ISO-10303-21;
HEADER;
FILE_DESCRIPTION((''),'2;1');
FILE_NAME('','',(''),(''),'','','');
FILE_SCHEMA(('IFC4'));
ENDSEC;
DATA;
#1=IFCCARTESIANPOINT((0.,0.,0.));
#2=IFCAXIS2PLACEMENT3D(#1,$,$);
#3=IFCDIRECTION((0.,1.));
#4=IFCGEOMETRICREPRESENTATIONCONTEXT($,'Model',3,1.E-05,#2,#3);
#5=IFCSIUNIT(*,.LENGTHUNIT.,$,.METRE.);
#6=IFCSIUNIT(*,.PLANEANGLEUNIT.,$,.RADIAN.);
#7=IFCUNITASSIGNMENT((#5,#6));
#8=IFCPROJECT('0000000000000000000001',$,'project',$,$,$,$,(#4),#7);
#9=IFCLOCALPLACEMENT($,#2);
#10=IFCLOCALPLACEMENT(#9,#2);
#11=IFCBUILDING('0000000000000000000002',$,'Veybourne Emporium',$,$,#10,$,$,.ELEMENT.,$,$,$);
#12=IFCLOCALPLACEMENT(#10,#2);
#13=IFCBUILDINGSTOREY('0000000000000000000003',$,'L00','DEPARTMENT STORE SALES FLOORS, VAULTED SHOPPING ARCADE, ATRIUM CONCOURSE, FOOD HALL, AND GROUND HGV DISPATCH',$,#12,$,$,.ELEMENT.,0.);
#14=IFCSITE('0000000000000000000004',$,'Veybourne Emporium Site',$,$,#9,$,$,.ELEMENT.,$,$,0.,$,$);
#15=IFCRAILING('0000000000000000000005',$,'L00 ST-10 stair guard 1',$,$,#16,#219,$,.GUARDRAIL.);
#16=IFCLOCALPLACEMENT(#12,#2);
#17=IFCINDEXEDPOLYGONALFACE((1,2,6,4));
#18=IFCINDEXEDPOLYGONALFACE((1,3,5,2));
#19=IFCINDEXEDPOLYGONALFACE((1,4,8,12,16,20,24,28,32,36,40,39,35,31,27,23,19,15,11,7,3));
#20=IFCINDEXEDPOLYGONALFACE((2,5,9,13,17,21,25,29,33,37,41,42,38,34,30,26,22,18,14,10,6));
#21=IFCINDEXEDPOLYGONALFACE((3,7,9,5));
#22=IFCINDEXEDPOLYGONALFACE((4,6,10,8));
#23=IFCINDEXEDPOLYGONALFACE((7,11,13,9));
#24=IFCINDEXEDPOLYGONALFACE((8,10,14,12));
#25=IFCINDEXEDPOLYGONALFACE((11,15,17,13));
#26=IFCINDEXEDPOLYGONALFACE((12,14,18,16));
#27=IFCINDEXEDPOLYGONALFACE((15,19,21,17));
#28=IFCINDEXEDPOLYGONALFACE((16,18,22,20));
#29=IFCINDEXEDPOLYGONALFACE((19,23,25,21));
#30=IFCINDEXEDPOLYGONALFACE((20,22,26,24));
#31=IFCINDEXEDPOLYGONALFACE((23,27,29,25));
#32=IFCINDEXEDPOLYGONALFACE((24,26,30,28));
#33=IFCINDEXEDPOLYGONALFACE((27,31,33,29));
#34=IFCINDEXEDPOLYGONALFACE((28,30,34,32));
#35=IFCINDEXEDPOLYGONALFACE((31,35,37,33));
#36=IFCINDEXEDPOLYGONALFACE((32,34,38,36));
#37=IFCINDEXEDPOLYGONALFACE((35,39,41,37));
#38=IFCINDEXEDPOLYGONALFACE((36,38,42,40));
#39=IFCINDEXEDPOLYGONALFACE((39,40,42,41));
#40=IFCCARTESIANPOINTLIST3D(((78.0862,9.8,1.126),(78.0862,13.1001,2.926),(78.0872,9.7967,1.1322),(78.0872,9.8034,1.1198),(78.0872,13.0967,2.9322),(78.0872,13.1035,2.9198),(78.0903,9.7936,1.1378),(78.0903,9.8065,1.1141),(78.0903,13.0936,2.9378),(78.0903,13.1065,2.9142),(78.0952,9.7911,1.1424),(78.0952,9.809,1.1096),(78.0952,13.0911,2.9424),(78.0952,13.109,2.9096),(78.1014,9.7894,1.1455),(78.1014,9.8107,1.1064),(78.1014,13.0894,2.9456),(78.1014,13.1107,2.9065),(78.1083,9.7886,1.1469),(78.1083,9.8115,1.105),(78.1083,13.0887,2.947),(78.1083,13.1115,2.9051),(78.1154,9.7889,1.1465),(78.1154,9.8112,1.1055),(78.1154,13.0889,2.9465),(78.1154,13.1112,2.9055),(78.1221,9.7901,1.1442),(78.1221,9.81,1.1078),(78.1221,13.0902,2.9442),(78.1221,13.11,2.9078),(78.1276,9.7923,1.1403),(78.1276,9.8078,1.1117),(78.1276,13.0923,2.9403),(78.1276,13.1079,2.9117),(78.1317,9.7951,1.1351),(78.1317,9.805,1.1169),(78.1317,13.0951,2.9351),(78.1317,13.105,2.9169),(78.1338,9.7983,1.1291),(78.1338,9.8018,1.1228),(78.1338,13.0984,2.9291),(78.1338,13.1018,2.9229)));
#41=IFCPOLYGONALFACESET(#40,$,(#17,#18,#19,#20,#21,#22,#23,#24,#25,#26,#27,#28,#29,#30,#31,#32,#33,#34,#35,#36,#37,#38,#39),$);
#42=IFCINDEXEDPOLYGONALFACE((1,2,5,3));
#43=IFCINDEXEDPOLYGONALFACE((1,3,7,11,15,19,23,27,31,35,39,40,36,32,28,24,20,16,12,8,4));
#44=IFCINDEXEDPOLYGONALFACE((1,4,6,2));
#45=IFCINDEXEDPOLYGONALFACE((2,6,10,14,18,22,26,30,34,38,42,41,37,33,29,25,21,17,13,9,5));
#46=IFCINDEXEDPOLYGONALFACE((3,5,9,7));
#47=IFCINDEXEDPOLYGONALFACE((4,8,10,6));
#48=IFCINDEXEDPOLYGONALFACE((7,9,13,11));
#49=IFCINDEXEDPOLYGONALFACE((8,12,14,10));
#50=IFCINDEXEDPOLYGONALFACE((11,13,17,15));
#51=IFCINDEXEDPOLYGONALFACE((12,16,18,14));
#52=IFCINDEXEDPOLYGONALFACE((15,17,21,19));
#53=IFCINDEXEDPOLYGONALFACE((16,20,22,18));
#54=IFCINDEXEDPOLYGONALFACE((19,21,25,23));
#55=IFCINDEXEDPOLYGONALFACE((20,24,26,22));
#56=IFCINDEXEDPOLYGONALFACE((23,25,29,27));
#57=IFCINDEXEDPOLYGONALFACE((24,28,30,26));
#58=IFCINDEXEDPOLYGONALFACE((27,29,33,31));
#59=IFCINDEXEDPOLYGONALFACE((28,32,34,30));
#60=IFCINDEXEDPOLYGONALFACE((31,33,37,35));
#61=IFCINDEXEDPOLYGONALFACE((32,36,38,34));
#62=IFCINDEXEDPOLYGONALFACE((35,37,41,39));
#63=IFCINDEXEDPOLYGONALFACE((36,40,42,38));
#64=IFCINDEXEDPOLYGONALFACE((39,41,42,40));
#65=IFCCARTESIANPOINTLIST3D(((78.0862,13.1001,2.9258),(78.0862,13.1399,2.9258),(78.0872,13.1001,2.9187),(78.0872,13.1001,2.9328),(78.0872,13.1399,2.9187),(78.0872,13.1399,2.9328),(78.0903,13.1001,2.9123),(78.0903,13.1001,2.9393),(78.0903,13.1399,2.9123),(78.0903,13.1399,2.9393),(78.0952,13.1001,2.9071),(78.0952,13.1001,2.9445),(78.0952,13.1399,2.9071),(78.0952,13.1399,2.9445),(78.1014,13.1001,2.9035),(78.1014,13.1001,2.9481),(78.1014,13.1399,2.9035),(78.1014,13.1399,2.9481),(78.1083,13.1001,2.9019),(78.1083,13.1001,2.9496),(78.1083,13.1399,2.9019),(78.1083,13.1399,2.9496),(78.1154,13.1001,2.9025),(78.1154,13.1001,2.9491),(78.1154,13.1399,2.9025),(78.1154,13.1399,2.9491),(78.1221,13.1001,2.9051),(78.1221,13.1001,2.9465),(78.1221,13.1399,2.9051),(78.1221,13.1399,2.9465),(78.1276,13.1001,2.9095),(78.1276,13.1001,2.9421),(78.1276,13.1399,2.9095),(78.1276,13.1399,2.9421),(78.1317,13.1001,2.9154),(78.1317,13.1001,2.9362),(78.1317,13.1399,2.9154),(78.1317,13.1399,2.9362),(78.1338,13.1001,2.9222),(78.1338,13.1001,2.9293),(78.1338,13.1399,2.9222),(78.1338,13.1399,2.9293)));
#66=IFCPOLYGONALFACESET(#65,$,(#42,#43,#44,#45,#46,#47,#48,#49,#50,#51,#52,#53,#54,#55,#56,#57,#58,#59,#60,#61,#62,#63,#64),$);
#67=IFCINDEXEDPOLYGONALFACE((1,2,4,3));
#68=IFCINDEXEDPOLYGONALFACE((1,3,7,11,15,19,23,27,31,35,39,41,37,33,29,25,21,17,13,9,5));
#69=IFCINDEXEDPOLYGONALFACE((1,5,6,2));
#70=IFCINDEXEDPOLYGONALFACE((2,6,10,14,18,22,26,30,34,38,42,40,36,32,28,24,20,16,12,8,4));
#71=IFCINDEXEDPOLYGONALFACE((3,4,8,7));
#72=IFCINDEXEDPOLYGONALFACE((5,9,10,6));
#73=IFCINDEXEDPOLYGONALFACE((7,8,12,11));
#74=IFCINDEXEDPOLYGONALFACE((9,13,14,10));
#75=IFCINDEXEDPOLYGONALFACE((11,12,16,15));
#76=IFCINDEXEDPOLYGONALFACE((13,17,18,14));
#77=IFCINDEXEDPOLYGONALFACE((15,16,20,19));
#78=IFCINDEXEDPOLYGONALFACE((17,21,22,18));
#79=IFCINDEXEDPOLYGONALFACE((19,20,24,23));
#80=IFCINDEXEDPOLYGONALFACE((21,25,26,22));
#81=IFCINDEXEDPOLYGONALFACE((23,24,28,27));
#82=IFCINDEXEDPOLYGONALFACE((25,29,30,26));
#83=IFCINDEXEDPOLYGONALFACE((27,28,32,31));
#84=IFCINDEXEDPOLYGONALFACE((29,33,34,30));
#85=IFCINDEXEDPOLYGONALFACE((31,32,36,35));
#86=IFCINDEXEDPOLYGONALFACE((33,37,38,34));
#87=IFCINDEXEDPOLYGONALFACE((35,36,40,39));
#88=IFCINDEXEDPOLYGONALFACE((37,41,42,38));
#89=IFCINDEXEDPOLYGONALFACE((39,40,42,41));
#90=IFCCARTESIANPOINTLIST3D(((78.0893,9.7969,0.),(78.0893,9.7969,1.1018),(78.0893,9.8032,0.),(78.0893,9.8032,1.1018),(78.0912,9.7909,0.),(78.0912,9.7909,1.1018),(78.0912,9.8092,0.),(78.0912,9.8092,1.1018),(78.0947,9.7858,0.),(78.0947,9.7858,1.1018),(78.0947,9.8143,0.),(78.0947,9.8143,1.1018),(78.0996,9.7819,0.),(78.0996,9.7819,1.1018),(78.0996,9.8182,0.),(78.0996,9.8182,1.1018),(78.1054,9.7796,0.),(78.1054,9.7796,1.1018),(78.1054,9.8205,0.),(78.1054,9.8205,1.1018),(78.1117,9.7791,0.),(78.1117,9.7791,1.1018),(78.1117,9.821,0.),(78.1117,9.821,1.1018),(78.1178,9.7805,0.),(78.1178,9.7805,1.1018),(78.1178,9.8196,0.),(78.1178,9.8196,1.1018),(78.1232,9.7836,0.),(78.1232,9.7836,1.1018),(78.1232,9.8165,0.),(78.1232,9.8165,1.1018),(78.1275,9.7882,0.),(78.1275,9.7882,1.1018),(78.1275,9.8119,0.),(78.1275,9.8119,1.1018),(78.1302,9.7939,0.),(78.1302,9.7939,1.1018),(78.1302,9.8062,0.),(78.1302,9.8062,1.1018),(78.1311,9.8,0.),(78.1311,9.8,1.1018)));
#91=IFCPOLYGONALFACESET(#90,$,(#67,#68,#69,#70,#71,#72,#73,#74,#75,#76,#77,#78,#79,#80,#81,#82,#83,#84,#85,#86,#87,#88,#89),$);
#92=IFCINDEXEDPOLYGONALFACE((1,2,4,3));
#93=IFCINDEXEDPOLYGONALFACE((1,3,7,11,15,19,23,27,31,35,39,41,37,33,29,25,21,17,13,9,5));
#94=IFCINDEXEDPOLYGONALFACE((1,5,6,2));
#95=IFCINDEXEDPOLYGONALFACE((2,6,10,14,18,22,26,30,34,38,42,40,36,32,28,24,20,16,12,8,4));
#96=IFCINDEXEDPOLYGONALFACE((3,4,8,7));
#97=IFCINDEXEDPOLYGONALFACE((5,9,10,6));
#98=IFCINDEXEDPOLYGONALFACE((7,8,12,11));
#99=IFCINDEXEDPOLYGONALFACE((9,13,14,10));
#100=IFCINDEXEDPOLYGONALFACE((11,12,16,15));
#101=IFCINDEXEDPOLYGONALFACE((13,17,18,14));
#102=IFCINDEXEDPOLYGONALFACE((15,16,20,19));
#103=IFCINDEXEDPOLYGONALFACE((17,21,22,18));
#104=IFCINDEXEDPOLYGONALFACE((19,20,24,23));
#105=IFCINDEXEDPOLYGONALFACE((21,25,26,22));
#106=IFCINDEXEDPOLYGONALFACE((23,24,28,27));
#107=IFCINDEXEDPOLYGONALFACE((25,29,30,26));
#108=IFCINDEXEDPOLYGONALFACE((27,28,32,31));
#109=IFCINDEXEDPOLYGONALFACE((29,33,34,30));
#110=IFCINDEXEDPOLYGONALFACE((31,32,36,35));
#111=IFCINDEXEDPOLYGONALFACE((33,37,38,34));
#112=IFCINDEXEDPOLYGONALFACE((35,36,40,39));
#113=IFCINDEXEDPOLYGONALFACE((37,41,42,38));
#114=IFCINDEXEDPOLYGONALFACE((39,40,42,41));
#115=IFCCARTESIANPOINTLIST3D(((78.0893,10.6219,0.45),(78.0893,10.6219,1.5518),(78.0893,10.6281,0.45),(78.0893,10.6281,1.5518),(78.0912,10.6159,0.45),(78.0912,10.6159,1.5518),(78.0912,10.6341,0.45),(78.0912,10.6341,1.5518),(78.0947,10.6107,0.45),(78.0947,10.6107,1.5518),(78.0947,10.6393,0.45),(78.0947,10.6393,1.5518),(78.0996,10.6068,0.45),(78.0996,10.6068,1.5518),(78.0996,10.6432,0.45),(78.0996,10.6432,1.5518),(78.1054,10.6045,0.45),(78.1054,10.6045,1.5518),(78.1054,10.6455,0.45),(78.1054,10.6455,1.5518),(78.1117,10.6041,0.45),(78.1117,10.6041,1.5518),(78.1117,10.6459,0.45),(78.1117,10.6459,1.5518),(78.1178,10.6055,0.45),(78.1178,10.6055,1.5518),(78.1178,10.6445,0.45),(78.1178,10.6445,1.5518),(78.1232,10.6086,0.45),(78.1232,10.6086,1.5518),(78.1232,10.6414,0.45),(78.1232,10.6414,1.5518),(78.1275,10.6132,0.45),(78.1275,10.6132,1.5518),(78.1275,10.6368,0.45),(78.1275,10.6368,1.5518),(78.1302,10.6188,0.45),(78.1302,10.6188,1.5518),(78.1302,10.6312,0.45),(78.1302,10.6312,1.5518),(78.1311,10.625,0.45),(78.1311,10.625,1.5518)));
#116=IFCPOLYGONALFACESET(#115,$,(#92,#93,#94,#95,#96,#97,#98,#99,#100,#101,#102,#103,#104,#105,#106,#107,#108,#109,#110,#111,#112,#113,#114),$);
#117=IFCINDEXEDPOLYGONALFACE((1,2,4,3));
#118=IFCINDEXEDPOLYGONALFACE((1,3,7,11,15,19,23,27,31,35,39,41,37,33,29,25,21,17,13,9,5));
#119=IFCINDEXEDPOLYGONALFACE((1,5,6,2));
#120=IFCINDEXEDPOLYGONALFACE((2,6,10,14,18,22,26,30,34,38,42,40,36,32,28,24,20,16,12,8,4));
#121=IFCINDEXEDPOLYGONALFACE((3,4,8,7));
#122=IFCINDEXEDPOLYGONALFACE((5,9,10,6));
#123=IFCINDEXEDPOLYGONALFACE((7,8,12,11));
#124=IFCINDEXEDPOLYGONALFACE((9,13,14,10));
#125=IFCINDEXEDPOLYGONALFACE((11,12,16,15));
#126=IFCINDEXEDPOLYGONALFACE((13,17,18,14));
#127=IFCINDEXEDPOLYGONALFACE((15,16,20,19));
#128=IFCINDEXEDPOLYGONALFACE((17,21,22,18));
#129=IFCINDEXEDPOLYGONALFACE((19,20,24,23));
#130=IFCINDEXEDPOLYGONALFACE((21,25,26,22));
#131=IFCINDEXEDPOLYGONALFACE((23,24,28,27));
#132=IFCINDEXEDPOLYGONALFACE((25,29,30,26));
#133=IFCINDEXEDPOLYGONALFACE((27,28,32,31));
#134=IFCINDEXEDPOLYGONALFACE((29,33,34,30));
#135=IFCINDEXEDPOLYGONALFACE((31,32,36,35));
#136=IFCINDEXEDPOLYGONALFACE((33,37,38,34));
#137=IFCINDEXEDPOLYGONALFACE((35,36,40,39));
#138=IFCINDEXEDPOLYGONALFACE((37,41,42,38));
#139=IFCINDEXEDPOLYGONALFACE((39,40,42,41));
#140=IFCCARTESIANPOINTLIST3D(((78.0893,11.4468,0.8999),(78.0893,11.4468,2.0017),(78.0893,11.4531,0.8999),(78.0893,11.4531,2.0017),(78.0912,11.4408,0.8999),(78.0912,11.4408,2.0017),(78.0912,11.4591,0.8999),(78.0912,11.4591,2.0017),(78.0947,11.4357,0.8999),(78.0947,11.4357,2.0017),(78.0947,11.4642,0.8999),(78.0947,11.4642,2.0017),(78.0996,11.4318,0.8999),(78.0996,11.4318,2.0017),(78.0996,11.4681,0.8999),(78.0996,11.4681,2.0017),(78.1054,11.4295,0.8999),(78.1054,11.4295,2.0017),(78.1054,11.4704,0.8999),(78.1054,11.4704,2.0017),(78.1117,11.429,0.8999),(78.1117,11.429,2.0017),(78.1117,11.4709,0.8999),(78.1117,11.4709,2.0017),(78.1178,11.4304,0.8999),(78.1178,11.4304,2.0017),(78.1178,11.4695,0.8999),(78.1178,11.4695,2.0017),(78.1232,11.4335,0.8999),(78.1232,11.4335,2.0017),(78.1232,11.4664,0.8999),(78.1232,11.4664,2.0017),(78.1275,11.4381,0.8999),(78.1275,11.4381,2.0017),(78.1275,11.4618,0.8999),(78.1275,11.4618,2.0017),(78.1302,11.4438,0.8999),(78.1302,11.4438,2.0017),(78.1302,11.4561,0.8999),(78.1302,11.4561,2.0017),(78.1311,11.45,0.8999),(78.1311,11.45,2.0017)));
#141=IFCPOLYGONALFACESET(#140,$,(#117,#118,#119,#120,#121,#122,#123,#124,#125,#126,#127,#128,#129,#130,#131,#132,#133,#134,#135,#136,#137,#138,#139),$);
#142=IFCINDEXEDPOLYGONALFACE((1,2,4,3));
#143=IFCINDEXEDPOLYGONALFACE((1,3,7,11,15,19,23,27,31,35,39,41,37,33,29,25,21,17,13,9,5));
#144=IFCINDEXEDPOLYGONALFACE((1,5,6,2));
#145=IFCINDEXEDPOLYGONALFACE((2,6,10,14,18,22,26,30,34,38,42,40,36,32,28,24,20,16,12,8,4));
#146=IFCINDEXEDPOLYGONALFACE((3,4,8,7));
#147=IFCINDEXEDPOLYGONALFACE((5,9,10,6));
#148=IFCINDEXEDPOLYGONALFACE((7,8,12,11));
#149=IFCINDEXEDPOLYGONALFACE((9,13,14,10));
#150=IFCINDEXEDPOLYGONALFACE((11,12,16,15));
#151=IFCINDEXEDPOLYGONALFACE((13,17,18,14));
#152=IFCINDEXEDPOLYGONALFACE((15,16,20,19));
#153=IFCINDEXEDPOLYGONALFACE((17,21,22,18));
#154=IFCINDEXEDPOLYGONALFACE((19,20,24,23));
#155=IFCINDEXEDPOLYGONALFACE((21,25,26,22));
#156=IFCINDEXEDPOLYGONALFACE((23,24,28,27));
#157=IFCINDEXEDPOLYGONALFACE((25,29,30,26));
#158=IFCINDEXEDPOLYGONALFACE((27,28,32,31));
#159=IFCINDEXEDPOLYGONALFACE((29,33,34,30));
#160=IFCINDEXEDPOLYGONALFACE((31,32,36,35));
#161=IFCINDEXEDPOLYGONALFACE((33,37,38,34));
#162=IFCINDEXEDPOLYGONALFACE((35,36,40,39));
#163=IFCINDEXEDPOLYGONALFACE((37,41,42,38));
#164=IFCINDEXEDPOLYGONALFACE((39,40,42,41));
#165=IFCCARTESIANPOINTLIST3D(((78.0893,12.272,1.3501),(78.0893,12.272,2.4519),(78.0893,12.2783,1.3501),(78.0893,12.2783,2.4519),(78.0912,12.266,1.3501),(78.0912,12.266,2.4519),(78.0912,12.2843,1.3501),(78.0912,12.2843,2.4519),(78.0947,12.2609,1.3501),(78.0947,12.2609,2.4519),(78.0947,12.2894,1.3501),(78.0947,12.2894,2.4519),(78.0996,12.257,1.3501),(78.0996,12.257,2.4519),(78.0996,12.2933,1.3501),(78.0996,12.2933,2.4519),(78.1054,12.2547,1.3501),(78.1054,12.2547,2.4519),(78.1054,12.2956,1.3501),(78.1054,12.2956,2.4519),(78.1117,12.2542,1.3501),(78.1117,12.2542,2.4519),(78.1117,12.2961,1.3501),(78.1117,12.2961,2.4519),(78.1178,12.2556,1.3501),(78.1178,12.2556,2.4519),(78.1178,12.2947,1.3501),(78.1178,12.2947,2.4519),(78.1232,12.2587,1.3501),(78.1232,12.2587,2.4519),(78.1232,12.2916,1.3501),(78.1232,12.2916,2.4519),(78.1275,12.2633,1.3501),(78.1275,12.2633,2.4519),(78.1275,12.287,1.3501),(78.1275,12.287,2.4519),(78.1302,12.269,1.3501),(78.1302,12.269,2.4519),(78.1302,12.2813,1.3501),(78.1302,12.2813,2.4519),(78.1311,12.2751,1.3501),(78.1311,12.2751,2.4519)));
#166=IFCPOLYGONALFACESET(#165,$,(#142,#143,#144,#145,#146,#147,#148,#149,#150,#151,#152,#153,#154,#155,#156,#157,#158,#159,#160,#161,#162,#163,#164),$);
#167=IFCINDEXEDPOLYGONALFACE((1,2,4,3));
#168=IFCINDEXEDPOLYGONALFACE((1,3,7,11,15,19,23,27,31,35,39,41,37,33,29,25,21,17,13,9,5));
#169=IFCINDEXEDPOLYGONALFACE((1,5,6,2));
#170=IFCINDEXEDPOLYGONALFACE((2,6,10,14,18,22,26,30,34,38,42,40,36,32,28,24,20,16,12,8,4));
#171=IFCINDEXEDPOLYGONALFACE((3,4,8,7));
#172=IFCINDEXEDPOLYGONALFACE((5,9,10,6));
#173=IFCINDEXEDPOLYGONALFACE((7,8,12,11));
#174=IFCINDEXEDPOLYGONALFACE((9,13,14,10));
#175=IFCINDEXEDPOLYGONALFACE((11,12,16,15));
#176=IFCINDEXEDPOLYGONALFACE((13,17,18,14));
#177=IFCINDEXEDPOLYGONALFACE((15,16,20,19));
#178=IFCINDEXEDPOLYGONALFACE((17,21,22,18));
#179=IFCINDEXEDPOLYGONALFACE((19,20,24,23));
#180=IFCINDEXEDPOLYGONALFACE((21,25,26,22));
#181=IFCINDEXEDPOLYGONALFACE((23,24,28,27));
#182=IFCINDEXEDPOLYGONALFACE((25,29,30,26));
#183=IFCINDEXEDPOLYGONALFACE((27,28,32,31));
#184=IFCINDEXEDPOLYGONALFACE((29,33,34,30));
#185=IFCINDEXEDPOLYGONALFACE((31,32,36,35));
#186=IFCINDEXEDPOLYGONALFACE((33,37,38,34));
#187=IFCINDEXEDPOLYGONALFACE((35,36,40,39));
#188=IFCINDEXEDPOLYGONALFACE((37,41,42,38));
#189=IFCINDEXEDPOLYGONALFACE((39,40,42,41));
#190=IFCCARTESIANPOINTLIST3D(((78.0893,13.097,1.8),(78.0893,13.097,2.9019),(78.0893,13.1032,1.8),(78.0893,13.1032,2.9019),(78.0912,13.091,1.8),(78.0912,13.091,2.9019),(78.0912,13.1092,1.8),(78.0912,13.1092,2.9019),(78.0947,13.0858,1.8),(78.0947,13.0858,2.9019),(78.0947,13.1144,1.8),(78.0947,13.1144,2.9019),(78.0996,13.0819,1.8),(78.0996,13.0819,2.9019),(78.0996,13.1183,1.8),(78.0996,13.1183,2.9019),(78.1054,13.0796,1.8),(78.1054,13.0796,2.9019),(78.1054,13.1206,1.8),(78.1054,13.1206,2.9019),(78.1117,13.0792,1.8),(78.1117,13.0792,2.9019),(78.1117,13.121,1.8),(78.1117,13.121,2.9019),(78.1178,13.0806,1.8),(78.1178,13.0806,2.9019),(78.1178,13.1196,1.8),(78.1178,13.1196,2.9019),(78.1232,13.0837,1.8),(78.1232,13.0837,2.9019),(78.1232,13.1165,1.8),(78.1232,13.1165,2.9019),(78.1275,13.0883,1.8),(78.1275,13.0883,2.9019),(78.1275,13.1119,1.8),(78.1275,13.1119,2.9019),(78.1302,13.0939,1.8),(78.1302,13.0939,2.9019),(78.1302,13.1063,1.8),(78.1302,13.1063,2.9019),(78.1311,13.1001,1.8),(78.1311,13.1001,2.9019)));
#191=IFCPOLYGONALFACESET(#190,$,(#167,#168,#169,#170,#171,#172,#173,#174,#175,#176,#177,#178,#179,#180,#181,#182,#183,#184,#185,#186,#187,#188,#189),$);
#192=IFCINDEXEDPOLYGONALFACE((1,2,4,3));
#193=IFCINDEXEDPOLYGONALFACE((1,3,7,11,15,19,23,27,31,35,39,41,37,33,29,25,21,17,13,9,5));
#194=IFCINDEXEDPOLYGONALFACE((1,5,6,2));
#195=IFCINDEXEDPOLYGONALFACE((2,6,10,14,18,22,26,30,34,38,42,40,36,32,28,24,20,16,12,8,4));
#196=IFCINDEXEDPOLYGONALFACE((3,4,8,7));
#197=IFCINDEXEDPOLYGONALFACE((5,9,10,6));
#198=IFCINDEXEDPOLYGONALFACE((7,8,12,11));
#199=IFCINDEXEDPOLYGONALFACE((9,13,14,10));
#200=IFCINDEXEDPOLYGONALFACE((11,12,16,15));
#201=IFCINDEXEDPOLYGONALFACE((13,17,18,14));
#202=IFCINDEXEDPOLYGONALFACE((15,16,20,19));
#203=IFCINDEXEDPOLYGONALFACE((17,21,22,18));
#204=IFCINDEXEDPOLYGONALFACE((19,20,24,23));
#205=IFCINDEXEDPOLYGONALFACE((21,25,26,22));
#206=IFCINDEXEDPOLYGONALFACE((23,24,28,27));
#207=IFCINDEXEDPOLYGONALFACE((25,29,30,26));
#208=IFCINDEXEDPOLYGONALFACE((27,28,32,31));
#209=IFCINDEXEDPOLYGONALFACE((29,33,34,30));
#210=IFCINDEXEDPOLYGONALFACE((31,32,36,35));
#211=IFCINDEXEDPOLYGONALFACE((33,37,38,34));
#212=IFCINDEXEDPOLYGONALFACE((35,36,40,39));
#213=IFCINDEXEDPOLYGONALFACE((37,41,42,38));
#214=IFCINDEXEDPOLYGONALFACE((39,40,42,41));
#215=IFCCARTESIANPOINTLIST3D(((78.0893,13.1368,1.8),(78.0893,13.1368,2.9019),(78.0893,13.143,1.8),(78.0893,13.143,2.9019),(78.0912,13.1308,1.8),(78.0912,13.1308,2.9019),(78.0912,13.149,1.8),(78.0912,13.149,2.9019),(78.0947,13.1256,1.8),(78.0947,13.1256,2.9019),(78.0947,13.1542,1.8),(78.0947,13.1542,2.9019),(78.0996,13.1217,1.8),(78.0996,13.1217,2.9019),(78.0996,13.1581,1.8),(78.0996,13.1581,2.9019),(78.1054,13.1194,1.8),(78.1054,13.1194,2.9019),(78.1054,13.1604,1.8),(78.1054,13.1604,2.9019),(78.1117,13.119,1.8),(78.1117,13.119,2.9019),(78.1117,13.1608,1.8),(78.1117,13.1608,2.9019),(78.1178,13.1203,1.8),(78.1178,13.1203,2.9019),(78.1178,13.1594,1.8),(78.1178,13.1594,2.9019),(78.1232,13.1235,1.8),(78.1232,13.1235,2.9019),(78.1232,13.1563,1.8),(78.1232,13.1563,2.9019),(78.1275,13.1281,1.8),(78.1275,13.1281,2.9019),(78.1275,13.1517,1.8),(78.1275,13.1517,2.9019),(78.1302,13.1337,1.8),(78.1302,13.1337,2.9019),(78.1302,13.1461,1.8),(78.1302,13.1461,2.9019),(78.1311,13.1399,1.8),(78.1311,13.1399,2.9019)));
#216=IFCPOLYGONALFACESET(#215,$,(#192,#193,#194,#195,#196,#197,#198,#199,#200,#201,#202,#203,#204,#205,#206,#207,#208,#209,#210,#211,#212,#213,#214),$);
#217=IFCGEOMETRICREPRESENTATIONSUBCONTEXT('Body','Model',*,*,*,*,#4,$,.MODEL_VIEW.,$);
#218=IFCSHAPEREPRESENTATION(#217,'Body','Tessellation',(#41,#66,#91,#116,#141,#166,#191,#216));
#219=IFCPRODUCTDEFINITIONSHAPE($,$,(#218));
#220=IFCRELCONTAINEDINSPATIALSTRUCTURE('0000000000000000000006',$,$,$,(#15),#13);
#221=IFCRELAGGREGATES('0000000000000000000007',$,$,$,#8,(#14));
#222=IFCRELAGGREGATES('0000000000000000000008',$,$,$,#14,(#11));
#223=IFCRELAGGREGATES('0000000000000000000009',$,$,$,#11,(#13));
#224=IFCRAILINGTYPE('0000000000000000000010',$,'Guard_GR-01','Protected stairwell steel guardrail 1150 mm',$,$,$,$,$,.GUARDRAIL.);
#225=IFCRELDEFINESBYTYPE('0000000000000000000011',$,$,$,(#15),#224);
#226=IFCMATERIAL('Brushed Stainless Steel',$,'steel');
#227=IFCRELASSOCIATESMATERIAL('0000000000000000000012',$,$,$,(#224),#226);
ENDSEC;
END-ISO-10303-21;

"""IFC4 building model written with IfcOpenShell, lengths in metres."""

from ifc_helpers import new_model, si_unit, direction, frame, origin, origin_2d, place, context, subcontext, project, spatial, circle, extrude, material, type_object, element, save


model = new_model("IFC4")

# Units and contexts
model_context = context("Model", 3, precision=1e-05, world=origin(), true_north=direction((0.0, 1.0)))
body_context = subcontext(model_context, "Body", "Model", "MODEL_VIEW")
ifc_project = project(units=[si_unit("LENGTHUNIT", "METRE"), si_unit("PLANEANGLEUNIT", "RADIAN")], contexts=[model_context])

# Site, building, storey
site_placement = place(None, origin())
site = spatial("IfcSite", under=ifc_project, at=site_placement, Name="Veybourne Emporium Site", CompositionType="ELEMENT", RefElevation=0.0)
building_placement = place(site_placement, origin())
building = spatial("IfcBuilding", under=site, at=building_placement, Name="Veybourne Emporium", CompositionType="ELEMENT")
storey_placement = place(building_placement, origin())
storey = spatial("IfcBuildingStorey", under=building, at=storey_placement, Name="L00", Description="DEPARTMENT STORE SALES FLOORS, VAULTED SHOPPING ARCADE, ATRIUM CONCOURSE, FOOD HALL, AND GROUND HGV DISPATCH", CompositionType="ELEMENT", Elevation=0.0)

# Railing
ifc_material_1 = material(Name="Brushed Stainless Steel", Category="steel")
railing_type_1 = type_object("IfcRailingType", Name="Guard_GR-01", Description="Protected stairwell steel guardrail 1150 mm", PredefinedType="GUARDRAIL", material=ifc_material_1)
railing_1_placement = place(storey_placement, frame((78.1101, 9.8, 0.0)))
element("IfcRailing", 1, at=railing_1_placement, inside=storey, type_object=railing_type_1, Name="L00 ST-10 stair guard 1", PredefinedType="GUARDRAIL", context=body_context, shape_type="SweptSolid", body=[
    extrude(circle(Radius=0.0239, at=origin_2d()), frame((0.0, 0.0, 1.126), z_axis=(0.0, 0.877893, 0.478857), x_axis=(-1.0, 0.0, 0.0)), (0.0, 0.0, 1.0), 3.759),
    extrude(circle(Radius=0.0239, at=origin_2d()), frame((0.0, 3.3, 2.9258), z_axis=(0.0, 1.0, 0.0), x_axis=(-1.0, 0.0, 0.0)), (0.0, 0.0, 1.0), 0.0398),
    extrude(circle(Radius=0.021, at=origin_2d()), origin(), (0.0, 0.0, 1.0), 1.1018),
    extrude(circle(Radius=0.021, at=origin_2d()), frame((0.0, 0.825, 0.45)), (0.0, 0.0, 1.0), 1.1018),
    extrude(circle(Radius=0.021, at=origin_2d()), frame((0.0, 1.6499, 0.8999)), (0.0, 0.0, 1.0), 1.1018),
    extrude(circle(Radius=0.021, at=origin_2d()), frame((0.0, 2.4751, 1.3501)), (0.0, 0.0, 1.0), 1.1018),
    extrude(circle(Radius=0.021, at=origin_2d()), frame((0.0, 3.3, 1.8)), (0.0, 0.0, 1.0), 1.1018),
    extrude(circle(Radius=0.021, at=origin_2d()), frame((0.0, 3.3398, 1.8)), (0.0, 0.0, 1.0), 1.1018),
])

save(model, "model.ifc")
